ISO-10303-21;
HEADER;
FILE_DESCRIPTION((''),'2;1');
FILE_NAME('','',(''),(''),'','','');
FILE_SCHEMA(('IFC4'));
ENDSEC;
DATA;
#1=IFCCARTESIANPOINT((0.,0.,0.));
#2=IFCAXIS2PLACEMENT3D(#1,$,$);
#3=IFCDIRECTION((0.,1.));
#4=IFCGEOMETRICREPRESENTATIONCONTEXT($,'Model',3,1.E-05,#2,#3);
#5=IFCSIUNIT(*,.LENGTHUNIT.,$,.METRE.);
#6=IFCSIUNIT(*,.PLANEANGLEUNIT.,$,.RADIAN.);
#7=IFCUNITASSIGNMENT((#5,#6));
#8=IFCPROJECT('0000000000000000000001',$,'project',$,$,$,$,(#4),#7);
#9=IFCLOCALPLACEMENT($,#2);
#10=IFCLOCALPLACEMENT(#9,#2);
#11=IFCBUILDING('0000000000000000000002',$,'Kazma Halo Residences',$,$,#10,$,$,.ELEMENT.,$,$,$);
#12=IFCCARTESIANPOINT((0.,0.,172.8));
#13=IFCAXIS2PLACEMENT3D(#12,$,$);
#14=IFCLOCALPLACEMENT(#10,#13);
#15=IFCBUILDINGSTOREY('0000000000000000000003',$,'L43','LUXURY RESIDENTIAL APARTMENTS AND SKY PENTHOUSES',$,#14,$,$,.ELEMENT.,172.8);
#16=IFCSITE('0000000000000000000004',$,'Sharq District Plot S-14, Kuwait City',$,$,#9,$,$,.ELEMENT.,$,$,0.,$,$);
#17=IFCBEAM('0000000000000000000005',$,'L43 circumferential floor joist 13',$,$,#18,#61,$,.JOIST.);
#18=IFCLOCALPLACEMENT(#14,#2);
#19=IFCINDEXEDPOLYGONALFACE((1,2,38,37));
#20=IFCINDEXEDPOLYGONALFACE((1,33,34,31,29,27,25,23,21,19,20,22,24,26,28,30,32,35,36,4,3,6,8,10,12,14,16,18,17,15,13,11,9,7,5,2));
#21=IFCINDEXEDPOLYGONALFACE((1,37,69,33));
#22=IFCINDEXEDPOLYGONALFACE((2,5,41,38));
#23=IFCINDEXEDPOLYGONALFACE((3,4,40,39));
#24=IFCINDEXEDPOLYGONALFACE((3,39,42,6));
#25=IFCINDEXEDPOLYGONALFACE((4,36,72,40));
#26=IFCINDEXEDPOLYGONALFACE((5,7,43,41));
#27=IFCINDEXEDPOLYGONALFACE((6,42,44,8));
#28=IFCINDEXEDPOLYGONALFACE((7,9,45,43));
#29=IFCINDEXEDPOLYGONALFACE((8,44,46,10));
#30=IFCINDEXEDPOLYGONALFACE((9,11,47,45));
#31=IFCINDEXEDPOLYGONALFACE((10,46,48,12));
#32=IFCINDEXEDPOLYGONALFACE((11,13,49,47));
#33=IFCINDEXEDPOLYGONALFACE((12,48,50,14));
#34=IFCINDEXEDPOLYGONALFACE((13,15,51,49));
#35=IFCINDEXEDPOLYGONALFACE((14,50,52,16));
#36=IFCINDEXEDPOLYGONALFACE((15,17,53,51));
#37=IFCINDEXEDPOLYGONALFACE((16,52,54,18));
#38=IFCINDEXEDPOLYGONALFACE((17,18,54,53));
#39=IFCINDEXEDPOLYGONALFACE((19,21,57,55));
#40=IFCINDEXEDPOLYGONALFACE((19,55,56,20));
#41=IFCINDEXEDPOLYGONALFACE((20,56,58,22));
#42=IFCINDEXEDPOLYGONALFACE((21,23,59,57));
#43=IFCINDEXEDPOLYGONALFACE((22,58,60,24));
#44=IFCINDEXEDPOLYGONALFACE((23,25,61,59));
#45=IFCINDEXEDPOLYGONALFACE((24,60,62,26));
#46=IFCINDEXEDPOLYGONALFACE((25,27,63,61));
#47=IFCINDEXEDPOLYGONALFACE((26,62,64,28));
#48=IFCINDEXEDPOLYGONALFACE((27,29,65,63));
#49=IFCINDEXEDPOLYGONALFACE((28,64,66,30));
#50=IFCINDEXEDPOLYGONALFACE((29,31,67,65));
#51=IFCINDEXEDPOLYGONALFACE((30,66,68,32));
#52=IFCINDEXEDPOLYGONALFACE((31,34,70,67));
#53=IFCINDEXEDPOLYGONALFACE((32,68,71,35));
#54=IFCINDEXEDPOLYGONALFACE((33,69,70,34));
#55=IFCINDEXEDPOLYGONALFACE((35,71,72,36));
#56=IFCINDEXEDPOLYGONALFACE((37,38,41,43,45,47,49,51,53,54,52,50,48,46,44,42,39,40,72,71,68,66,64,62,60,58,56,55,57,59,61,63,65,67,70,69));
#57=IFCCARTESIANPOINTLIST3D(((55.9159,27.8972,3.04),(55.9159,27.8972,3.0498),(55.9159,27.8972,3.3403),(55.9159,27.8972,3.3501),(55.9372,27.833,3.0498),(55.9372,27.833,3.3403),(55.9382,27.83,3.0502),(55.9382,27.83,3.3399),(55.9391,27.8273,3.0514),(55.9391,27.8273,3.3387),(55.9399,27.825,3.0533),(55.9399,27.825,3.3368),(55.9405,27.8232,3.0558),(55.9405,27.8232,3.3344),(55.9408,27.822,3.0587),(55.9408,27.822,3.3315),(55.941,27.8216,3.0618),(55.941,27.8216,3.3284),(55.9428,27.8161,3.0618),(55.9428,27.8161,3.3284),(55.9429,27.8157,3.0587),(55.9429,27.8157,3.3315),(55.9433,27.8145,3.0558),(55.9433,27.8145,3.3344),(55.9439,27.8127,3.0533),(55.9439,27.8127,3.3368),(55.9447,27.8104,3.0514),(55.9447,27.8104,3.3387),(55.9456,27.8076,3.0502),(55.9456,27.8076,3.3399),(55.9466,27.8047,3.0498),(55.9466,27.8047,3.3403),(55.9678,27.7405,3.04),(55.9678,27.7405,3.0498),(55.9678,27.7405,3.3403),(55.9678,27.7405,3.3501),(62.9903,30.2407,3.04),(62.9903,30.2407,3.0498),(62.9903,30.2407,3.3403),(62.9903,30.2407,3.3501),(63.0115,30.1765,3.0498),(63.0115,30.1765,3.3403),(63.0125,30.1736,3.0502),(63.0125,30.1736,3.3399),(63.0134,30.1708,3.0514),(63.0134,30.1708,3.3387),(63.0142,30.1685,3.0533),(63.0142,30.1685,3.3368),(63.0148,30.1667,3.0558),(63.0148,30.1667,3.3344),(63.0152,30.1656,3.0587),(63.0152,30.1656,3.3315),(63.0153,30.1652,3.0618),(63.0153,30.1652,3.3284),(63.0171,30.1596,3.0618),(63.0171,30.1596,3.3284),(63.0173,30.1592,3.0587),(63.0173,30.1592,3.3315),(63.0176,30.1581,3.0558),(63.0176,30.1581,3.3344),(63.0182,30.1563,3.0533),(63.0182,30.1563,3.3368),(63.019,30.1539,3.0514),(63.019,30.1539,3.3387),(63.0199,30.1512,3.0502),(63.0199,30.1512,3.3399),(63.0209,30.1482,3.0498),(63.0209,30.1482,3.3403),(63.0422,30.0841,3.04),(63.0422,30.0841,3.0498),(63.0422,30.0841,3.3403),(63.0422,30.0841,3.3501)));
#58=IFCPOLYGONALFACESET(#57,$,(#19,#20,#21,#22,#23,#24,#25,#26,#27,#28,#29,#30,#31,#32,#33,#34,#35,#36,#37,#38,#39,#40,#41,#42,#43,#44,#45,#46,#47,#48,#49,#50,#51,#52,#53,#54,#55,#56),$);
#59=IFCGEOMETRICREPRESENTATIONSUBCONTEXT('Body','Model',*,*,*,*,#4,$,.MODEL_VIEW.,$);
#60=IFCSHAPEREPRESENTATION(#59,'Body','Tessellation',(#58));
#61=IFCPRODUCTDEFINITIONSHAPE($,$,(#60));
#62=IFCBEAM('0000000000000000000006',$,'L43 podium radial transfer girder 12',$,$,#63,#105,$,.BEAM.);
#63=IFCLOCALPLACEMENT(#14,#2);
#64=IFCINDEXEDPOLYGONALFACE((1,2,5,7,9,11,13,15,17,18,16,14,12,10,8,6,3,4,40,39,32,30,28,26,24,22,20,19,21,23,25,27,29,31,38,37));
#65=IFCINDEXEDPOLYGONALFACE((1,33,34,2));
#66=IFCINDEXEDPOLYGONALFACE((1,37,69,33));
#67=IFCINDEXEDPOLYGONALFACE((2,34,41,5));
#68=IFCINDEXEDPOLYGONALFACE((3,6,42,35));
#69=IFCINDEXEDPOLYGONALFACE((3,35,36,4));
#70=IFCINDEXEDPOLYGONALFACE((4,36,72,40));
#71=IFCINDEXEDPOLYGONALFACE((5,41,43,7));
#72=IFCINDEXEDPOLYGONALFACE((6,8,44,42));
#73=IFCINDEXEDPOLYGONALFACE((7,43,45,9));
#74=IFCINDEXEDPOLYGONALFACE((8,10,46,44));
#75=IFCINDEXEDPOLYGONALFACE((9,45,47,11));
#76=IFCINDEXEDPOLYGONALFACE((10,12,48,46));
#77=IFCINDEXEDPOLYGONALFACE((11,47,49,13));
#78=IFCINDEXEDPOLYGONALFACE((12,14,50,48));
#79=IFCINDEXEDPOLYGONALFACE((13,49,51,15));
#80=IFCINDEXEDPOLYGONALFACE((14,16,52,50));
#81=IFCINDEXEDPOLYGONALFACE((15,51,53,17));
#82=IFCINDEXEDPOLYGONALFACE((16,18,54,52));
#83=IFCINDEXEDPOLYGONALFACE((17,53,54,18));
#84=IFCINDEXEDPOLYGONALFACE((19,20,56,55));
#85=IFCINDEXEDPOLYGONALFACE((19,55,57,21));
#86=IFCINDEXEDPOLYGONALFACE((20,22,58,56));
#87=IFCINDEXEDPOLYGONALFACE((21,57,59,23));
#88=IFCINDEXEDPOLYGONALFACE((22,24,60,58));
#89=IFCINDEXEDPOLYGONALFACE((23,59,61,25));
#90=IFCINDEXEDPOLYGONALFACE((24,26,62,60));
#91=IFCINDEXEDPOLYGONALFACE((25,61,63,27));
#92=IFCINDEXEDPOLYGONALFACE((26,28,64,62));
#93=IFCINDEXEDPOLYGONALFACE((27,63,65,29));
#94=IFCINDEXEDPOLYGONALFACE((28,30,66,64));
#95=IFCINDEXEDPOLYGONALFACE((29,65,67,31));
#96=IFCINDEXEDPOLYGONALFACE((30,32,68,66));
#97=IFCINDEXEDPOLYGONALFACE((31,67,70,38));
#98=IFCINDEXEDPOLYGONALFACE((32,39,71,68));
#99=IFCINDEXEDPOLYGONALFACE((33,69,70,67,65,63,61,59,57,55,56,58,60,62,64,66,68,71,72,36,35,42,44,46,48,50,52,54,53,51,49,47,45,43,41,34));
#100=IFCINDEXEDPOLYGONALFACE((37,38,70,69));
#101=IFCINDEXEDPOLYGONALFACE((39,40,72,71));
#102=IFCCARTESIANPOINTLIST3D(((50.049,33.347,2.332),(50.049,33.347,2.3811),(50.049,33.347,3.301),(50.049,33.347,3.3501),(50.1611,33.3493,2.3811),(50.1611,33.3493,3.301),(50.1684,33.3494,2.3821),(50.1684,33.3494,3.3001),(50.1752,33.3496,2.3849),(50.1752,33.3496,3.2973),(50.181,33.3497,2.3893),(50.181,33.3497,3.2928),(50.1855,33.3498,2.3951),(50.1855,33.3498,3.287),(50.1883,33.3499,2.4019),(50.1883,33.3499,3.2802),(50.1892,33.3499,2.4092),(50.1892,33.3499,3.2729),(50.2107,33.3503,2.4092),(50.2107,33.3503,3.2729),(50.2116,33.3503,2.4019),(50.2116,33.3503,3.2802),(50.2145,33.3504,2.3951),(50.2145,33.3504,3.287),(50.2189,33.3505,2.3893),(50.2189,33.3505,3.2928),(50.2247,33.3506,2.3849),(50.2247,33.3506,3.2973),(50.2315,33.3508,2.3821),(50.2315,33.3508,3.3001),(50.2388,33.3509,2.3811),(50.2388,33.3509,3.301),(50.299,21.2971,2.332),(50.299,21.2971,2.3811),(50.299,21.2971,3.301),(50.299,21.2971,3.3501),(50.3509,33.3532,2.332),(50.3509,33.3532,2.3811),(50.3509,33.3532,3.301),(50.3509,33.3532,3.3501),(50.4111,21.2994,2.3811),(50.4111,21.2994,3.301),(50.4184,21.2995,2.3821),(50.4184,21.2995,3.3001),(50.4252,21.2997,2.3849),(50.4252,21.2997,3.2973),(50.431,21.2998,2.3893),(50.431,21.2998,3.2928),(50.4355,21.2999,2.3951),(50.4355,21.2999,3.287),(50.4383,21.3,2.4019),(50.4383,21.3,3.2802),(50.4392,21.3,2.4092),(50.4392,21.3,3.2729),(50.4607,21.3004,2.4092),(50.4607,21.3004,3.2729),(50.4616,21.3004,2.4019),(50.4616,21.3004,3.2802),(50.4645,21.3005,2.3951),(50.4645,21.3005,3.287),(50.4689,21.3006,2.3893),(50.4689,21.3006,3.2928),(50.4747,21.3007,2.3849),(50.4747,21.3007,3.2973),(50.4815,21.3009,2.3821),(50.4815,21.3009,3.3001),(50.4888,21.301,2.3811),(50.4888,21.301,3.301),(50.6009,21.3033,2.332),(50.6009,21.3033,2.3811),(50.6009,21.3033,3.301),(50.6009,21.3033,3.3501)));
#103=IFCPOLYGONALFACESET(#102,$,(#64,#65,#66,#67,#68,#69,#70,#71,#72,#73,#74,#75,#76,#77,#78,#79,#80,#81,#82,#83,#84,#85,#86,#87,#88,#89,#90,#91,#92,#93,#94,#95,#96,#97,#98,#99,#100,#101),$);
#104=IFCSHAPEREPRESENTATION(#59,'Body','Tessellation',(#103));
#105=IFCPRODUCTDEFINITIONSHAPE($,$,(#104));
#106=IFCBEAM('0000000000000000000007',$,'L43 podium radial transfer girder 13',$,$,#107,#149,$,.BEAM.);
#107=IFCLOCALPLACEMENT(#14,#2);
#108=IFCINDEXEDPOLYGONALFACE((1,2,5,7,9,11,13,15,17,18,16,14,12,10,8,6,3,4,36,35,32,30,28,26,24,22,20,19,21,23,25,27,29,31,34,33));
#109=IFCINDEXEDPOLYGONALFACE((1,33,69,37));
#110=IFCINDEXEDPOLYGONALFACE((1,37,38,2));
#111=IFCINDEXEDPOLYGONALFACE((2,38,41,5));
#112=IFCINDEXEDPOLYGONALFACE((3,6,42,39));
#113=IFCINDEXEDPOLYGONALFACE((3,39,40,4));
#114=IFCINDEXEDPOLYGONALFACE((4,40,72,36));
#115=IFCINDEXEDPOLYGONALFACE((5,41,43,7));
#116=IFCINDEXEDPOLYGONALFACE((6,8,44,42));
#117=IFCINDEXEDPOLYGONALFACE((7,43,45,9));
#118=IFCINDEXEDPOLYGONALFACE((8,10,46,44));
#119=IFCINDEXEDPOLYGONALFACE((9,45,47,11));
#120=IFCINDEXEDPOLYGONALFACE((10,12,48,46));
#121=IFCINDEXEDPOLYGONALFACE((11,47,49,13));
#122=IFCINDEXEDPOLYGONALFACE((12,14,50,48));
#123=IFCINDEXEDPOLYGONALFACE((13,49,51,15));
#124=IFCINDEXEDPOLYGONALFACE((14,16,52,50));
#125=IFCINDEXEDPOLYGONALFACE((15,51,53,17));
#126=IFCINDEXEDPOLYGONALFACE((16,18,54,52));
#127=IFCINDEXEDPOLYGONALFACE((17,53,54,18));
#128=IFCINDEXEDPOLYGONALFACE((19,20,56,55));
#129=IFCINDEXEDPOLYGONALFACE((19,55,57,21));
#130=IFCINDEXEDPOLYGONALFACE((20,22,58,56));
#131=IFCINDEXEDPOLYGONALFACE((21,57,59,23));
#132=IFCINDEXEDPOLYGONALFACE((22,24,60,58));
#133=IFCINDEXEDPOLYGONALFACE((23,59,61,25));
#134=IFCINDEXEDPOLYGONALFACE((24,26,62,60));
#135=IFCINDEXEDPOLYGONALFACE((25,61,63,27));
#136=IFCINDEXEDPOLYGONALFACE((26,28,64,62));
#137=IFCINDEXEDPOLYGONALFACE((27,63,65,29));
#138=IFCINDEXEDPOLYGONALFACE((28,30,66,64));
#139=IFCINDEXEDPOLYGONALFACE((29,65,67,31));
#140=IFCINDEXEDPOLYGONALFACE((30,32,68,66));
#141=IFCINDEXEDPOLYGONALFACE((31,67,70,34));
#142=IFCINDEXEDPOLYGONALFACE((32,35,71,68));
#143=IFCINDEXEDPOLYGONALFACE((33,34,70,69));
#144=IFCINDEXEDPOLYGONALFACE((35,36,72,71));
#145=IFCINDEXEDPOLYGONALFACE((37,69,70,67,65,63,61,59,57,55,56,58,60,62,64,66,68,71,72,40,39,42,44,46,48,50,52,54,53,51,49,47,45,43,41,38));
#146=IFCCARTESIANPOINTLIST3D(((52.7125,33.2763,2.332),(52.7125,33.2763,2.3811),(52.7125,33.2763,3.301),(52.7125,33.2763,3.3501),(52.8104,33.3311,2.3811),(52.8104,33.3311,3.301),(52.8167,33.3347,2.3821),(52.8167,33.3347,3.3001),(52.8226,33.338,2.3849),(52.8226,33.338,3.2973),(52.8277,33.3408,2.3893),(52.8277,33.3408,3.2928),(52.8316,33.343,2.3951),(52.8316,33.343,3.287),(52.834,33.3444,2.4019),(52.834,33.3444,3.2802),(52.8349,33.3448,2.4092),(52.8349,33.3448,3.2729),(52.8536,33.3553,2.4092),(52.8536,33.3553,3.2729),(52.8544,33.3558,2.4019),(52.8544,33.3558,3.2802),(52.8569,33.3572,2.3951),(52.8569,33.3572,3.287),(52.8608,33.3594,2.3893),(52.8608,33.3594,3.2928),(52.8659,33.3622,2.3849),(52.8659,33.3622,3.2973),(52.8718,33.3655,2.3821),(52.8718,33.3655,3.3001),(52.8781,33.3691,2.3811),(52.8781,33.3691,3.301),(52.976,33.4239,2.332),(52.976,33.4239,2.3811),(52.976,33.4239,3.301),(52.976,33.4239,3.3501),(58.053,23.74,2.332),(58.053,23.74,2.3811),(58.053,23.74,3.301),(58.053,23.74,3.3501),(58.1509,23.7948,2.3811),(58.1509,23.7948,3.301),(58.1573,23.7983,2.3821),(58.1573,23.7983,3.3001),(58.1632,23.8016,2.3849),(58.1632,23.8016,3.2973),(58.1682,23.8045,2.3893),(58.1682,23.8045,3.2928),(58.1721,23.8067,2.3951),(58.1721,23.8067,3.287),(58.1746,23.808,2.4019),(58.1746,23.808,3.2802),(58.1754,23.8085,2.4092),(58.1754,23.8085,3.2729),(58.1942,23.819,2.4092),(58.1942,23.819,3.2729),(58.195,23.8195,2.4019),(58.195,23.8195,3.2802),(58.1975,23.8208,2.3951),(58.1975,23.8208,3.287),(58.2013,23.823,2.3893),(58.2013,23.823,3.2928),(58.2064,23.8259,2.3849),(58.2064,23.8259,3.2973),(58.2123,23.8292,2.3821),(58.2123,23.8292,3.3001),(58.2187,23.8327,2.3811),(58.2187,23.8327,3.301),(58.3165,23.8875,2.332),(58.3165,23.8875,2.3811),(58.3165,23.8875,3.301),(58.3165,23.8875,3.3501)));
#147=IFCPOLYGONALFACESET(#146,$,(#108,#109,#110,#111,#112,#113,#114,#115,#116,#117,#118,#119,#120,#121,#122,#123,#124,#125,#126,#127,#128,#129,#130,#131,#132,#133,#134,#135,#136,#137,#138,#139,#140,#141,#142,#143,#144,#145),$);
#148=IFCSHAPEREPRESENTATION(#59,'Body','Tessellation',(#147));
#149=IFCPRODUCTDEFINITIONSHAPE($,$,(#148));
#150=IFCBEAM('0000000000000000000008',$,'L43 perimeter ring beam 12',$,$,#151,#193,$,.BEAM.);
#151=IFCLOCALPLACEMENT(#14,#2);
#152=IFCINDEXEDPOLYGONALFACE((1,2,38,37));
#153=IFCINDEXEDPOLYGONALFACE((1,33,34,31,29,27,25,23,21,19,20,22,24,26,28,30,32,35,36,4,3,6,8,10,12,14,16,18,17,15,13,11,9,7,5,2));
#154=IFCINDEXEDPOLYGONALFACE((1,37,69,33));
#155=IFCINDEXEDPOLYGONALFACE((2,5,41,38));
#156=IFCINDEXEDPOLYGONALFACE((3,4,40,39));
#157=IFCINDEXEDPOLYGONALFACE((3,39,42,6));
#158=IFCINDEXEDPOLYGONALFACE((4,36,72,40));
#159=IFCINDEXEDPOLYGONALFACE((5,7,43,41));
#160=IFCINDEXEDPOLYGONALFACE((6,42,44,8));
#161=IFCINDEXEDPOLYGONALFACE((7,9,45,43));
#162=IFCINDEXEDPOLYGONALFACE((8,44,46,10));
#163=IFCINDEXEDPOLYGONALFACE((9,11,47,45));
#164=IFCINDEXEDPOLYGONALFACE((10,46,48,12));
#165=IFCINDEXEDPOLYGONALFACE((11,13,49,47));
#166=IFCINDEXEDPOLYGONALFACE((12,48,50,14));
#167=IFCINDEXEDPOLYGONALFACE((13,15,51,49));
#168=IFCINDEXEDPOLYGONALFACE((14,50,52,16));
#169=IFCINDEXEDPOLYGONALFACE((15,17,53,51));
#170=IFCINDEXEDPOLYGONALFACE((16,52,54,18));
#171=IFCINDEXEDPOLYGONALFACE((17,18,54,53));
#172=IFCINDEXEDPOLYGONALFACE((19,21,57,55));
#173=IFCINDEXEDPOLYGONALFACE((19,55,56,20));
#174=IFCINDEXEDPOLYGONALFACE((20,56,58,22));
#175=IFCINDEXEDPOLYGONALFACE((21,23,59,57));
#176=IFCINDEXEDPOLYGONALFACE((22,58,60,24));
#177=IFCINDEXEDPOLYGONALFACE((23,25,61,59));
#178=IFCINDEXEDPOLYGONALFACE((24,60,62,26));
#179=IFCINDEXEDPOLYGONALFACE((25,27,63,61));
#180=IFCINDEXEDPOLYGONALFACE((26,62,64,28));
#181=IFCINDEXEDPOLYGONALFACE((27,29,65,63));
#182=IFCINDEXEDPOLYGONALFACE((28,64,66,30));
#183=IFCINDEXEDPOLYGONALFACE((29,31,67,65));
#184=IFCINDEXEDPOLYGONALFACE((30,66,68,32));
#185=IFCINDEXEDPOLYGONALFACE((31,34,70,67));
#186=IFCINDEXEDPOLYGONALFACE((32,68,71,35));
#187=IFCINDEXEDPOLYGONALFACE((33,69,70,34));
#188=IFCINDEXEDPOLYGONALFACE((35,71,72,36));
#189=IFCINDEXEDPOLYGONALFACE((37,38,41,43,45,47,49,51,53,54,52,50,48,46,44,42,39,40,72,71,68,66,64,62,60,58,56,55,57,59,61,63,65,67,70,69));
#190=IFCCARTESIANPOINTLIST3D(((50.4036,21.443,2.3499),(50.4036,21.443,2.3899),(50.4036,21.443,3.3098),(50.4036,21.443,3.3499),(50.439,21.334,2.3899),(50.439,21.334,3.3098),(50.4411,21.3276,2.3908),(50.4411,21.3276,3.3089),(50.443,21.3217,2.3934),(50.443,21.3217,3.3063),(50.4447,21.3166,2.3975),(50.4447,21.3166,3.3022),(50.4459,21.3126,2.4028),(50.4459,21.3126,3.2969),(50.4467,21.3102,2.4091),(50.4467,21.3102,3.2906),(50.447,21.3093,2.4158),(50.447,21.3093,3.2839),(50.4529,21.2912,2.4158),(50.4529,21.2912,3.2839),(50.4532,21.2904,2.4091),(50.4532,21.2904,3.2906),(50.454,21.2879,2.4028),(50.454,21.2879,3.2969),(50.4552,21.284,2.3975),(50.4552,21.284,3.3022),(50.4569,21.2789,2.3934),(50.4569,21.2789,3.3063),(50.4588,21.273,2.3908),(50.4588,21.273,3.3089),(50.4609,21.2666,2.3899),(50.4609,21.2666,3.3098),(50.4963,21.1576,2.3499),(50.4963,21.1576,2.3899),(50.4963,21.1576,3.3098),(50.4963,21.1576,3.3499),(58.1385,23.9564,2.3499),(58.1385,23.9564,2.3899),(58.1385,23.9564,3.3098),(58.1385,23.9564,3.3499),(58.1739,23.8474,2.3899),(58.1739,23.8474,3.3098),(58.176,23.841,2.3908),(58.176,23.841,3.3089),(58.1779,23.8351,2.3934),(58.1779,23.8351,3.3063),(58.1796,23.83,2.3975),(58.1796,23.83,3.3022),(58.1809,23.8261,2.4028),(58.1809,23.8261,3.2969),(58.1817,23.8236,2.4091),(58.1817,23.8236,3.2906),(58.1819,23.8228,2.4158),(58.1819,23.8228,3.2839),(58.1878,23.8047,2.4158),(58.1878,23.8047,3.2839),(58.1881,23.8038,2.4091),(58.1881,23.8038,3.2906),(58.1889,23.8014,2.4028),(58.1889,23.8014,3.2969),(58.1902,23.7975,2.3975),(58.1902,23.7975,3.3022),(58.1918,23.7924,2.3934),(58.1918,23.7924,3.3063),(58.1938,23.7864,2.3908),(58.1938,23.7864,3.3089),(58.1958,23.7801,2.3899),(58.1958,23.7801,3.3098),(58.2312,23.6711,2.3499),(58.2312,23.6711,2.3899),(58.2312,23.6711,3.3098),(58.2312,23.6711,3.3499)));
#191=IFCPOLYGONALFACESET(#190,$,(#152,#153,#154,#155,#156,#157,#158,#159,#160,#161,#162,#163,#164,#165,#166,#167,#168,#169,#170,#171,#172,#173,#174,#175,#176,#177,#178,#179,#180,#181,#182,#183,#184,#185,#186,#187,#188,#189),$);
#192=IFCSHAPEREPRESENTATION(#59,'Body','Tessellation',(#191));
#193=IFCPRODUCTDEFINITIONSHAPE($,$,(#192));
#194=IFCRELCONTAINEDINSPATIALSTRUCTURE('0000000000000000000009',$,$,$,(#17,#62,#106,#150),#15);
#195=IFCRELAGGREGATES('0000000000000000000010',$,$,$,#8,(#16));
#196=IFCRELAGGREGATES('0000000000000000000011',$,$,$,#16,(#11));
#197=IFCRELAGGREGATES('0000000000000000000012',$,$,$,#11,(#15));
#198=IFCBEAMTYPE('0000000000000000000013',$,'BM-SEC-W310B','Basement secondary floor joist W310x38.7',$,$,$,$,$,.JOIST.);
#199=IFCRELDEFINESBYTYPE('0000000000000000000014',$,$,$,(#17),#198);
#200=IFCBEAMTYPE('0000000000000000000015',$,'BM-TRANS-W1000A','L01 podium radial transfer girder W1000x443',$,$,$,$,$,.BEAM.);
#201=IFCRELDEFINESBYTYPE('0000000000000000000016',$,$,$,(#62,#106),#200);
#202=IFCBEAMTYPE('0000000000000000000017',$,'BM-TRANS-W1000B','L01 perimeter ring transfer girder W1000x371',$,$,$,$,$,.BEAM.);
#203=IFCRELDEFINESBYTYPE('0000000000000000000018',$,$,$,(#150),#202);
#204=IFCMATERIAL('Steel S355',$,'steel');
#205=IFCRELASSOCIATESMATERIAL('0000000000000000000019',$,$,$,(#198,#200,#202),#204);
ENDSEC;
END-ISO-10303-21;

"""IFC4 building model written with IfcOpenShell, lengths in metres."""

from ifc_helpers import new_model, si_unit, direction, frame, origin, origin_2d, place, context, subcontext, project, spatial, i_section, extrude, material, material_profile, profile_set, type_object, element, save


model = new_model("IFC4")

# Units and contexts
model_context = context("Model", 3, precision=1e-05, world=origin(), true_north=direction((0.0, 1.0)))
body_context = subcontext(model_context, "Body", "Model", "MODEL_VIEW")
ifc_project = project(units=[si_unit("LENGTHUNIT", "METRE"), si_unit("PLANEANGLEUNIT", "RADIAN")], contexts=[model_context])

# Site, building, storey
site_placement = place(None, origin())
site = spatial("IfcSite", under=ifc_project, at=site_placement, Name="Sharq District Plot S-14, Kuwait City", CompositionType="ELEMENT", RefElevation=0.0)
building_placement = place(site_placement, origin())
building = spatial("IfcBuilding", under=site, at=building_placement, Name="Kazma Halo Residences", CompositionType="ELEMENT")
storey_placement = place(building_placement, frame((0.0, 0.0, 172.8)))
storey = spatial("IfcBuildingStorey", under=building, at=storey_placement, Name="L43", Description="LUXURY RESIDENTIAL APARTMENTS AND SKY PENTHOUSES", CompositionType="ELEMENT", Elevation=172.8)

# Beams
ifc_material_1 = material(Name="Steel S355", Category="steel")
ifc_material_profile_1 = material_profile(ifc_material_1, i_section(OverallWidth=0.165, OverallDepth=0.3101, WebThickness=0.0059, FlangeThickness=0.0098, FilletRadius=0.012, at=origin_2d()), Name="W310x38.7")
ifc_profile_set_1 = profile_set([ifc_material_profile_1], Name="Steel S355")
beam_type_1 = type_object("IfcBeamType", Name="BM-SEC-W310B", Description="Basement secondary floor joist W310x38.7", PredefinedType="JOIST", material=ifc_profile_set_1)
beam_1_placement = place(storey_placement, frame((55.9419, 27.8188, 3.1951), z_axis=(0.949268, 0.314468, 0.0), x_axis=(-0.314468, 0.949268, 0.0)))
element("IfcBeam", 1, at=beam_1_placement, inside=storey, type_object=beam_type_1, Name="L43 circumferential floor joist 13", PredefinedType="JOIST", context=body_context, shape_type="SweptSolid", body=[
    extrude(i_section(OverallWidth=0.165, OverallDepth=0.3101, WebThickness=0.0059, FlangeThickness=0.0098, FilletRadius=0.012, at=origin_2d()), origin(), (0.0, 0.0, 1.0), 7.4524),
])
ifc_material_profile_2 = material_profile(ifc_material_1, i_section(OverallWidth=0.302, OverallDepth=1.0181, WebThickness=0.0215, FlangeThickness=0.0491, FilletRadius=0.0281, at=origin_2d()), Name="W1000x443")
ifc_profile_set_2 = profile_set([ifc_material_profile_2], Name="Steel S355")
beam_type_2 = type_object("IfcBeamType", Name="BM-TRANS-W1000A", Description="L01 podium radial transfer girder W1000x443", PredefinedType="BEAM", material=ifc_profile_set_2)
beam_2_placement = place(storey_placement, frame((50.2, 33.3501, 2.8411), z_axis=(0.020743, -0.999785, 0.0), x_axis=(0.999785, 0.020743, 0.0)))
element("IfcBeam", 2, at=beam_2_placement, inside=storey, type_object=beam_type_2, Name="L43 podium radial transfer girder 12", PredefinedType="BEAM", context=body_context, shape_type="SweptSolid", body=[
    extrude(i_section(OverallWidth=0.302, OverallDepth=1.0181, WebThickness=0.0215, FlangeThickness=0.0491, FilletRadius=0.0281, at=origin_2d()), origin(), (0.0, 0.0, 1.0), 12.0525),
])
beam_3_placement = place(storey_placement, frame((52.8442, 33.3501, 2.8411), z_axis=(0.488618, -0.872498, 0.0), x_axis=(0.872498, 0.488618, 0.0)))
element("IfcBeam", 3, at=beam_3_placement, inside=storey, type_object=beam_type_2, Name="L43 podium radial transfer girder 13", PredefinedType="BEAM", context=body_context, shape_type="SweptSolid", body=[
    extrude(i_section(OverallWidth=0.302, OverallDepth=1.0181, WebThickness=0.0215, FlangeThickness=0.0491, FilletRadius=0.0281, at=origin_2d()), origin(), (0.0, 0.0, 1.0), 10.9299),
])
ifc_material_profile_3 = material_profile(ifc_material_1, i_section(OverallWidth=0.3, OverallDepth=1.0, WebThickness=0.019, FlangeThickness=0.04, FilletRadius=0.0259, at=origin_2d()), Name="W1000x371")
ifc_profile_set_3 = profile_set([ifc_material_profile_3], Name="Steel S355")
beam_type_3 = type_object("IfcBeamType", Name="BM-TRANS-W1000B", Description="L01 perimeter ring transfer girder W1000x371", PredefinedType="BEAM", material=ifc_profile_set_3)
beam_4_placement = place(storey_placement, frame((50.45, 21.3003, 2.8499), z_axis=(0.951049, 0.309041, 0.0), x_axis=(-0.309041, 0.951049, 0.0)))
element("IfcBeam", 4, at=beam_4_placement, inside=storey, type_object=beam_type_3, Name="L43 perimeter ring beam 12", PredefinedType="BEAM", context=body_context, shape_type="SweptSolid", body=[
    extrude(i_section(OverallWidth=0.3, OverallDepth=1.0, WebThickness=0.019, FlangeThickness=0.04, FilletRadius=0.0259, at=origin_2d()), origin(), (0.0, 0.0, 1.0), 8.1331),
])

save(model, "model.ifc")
